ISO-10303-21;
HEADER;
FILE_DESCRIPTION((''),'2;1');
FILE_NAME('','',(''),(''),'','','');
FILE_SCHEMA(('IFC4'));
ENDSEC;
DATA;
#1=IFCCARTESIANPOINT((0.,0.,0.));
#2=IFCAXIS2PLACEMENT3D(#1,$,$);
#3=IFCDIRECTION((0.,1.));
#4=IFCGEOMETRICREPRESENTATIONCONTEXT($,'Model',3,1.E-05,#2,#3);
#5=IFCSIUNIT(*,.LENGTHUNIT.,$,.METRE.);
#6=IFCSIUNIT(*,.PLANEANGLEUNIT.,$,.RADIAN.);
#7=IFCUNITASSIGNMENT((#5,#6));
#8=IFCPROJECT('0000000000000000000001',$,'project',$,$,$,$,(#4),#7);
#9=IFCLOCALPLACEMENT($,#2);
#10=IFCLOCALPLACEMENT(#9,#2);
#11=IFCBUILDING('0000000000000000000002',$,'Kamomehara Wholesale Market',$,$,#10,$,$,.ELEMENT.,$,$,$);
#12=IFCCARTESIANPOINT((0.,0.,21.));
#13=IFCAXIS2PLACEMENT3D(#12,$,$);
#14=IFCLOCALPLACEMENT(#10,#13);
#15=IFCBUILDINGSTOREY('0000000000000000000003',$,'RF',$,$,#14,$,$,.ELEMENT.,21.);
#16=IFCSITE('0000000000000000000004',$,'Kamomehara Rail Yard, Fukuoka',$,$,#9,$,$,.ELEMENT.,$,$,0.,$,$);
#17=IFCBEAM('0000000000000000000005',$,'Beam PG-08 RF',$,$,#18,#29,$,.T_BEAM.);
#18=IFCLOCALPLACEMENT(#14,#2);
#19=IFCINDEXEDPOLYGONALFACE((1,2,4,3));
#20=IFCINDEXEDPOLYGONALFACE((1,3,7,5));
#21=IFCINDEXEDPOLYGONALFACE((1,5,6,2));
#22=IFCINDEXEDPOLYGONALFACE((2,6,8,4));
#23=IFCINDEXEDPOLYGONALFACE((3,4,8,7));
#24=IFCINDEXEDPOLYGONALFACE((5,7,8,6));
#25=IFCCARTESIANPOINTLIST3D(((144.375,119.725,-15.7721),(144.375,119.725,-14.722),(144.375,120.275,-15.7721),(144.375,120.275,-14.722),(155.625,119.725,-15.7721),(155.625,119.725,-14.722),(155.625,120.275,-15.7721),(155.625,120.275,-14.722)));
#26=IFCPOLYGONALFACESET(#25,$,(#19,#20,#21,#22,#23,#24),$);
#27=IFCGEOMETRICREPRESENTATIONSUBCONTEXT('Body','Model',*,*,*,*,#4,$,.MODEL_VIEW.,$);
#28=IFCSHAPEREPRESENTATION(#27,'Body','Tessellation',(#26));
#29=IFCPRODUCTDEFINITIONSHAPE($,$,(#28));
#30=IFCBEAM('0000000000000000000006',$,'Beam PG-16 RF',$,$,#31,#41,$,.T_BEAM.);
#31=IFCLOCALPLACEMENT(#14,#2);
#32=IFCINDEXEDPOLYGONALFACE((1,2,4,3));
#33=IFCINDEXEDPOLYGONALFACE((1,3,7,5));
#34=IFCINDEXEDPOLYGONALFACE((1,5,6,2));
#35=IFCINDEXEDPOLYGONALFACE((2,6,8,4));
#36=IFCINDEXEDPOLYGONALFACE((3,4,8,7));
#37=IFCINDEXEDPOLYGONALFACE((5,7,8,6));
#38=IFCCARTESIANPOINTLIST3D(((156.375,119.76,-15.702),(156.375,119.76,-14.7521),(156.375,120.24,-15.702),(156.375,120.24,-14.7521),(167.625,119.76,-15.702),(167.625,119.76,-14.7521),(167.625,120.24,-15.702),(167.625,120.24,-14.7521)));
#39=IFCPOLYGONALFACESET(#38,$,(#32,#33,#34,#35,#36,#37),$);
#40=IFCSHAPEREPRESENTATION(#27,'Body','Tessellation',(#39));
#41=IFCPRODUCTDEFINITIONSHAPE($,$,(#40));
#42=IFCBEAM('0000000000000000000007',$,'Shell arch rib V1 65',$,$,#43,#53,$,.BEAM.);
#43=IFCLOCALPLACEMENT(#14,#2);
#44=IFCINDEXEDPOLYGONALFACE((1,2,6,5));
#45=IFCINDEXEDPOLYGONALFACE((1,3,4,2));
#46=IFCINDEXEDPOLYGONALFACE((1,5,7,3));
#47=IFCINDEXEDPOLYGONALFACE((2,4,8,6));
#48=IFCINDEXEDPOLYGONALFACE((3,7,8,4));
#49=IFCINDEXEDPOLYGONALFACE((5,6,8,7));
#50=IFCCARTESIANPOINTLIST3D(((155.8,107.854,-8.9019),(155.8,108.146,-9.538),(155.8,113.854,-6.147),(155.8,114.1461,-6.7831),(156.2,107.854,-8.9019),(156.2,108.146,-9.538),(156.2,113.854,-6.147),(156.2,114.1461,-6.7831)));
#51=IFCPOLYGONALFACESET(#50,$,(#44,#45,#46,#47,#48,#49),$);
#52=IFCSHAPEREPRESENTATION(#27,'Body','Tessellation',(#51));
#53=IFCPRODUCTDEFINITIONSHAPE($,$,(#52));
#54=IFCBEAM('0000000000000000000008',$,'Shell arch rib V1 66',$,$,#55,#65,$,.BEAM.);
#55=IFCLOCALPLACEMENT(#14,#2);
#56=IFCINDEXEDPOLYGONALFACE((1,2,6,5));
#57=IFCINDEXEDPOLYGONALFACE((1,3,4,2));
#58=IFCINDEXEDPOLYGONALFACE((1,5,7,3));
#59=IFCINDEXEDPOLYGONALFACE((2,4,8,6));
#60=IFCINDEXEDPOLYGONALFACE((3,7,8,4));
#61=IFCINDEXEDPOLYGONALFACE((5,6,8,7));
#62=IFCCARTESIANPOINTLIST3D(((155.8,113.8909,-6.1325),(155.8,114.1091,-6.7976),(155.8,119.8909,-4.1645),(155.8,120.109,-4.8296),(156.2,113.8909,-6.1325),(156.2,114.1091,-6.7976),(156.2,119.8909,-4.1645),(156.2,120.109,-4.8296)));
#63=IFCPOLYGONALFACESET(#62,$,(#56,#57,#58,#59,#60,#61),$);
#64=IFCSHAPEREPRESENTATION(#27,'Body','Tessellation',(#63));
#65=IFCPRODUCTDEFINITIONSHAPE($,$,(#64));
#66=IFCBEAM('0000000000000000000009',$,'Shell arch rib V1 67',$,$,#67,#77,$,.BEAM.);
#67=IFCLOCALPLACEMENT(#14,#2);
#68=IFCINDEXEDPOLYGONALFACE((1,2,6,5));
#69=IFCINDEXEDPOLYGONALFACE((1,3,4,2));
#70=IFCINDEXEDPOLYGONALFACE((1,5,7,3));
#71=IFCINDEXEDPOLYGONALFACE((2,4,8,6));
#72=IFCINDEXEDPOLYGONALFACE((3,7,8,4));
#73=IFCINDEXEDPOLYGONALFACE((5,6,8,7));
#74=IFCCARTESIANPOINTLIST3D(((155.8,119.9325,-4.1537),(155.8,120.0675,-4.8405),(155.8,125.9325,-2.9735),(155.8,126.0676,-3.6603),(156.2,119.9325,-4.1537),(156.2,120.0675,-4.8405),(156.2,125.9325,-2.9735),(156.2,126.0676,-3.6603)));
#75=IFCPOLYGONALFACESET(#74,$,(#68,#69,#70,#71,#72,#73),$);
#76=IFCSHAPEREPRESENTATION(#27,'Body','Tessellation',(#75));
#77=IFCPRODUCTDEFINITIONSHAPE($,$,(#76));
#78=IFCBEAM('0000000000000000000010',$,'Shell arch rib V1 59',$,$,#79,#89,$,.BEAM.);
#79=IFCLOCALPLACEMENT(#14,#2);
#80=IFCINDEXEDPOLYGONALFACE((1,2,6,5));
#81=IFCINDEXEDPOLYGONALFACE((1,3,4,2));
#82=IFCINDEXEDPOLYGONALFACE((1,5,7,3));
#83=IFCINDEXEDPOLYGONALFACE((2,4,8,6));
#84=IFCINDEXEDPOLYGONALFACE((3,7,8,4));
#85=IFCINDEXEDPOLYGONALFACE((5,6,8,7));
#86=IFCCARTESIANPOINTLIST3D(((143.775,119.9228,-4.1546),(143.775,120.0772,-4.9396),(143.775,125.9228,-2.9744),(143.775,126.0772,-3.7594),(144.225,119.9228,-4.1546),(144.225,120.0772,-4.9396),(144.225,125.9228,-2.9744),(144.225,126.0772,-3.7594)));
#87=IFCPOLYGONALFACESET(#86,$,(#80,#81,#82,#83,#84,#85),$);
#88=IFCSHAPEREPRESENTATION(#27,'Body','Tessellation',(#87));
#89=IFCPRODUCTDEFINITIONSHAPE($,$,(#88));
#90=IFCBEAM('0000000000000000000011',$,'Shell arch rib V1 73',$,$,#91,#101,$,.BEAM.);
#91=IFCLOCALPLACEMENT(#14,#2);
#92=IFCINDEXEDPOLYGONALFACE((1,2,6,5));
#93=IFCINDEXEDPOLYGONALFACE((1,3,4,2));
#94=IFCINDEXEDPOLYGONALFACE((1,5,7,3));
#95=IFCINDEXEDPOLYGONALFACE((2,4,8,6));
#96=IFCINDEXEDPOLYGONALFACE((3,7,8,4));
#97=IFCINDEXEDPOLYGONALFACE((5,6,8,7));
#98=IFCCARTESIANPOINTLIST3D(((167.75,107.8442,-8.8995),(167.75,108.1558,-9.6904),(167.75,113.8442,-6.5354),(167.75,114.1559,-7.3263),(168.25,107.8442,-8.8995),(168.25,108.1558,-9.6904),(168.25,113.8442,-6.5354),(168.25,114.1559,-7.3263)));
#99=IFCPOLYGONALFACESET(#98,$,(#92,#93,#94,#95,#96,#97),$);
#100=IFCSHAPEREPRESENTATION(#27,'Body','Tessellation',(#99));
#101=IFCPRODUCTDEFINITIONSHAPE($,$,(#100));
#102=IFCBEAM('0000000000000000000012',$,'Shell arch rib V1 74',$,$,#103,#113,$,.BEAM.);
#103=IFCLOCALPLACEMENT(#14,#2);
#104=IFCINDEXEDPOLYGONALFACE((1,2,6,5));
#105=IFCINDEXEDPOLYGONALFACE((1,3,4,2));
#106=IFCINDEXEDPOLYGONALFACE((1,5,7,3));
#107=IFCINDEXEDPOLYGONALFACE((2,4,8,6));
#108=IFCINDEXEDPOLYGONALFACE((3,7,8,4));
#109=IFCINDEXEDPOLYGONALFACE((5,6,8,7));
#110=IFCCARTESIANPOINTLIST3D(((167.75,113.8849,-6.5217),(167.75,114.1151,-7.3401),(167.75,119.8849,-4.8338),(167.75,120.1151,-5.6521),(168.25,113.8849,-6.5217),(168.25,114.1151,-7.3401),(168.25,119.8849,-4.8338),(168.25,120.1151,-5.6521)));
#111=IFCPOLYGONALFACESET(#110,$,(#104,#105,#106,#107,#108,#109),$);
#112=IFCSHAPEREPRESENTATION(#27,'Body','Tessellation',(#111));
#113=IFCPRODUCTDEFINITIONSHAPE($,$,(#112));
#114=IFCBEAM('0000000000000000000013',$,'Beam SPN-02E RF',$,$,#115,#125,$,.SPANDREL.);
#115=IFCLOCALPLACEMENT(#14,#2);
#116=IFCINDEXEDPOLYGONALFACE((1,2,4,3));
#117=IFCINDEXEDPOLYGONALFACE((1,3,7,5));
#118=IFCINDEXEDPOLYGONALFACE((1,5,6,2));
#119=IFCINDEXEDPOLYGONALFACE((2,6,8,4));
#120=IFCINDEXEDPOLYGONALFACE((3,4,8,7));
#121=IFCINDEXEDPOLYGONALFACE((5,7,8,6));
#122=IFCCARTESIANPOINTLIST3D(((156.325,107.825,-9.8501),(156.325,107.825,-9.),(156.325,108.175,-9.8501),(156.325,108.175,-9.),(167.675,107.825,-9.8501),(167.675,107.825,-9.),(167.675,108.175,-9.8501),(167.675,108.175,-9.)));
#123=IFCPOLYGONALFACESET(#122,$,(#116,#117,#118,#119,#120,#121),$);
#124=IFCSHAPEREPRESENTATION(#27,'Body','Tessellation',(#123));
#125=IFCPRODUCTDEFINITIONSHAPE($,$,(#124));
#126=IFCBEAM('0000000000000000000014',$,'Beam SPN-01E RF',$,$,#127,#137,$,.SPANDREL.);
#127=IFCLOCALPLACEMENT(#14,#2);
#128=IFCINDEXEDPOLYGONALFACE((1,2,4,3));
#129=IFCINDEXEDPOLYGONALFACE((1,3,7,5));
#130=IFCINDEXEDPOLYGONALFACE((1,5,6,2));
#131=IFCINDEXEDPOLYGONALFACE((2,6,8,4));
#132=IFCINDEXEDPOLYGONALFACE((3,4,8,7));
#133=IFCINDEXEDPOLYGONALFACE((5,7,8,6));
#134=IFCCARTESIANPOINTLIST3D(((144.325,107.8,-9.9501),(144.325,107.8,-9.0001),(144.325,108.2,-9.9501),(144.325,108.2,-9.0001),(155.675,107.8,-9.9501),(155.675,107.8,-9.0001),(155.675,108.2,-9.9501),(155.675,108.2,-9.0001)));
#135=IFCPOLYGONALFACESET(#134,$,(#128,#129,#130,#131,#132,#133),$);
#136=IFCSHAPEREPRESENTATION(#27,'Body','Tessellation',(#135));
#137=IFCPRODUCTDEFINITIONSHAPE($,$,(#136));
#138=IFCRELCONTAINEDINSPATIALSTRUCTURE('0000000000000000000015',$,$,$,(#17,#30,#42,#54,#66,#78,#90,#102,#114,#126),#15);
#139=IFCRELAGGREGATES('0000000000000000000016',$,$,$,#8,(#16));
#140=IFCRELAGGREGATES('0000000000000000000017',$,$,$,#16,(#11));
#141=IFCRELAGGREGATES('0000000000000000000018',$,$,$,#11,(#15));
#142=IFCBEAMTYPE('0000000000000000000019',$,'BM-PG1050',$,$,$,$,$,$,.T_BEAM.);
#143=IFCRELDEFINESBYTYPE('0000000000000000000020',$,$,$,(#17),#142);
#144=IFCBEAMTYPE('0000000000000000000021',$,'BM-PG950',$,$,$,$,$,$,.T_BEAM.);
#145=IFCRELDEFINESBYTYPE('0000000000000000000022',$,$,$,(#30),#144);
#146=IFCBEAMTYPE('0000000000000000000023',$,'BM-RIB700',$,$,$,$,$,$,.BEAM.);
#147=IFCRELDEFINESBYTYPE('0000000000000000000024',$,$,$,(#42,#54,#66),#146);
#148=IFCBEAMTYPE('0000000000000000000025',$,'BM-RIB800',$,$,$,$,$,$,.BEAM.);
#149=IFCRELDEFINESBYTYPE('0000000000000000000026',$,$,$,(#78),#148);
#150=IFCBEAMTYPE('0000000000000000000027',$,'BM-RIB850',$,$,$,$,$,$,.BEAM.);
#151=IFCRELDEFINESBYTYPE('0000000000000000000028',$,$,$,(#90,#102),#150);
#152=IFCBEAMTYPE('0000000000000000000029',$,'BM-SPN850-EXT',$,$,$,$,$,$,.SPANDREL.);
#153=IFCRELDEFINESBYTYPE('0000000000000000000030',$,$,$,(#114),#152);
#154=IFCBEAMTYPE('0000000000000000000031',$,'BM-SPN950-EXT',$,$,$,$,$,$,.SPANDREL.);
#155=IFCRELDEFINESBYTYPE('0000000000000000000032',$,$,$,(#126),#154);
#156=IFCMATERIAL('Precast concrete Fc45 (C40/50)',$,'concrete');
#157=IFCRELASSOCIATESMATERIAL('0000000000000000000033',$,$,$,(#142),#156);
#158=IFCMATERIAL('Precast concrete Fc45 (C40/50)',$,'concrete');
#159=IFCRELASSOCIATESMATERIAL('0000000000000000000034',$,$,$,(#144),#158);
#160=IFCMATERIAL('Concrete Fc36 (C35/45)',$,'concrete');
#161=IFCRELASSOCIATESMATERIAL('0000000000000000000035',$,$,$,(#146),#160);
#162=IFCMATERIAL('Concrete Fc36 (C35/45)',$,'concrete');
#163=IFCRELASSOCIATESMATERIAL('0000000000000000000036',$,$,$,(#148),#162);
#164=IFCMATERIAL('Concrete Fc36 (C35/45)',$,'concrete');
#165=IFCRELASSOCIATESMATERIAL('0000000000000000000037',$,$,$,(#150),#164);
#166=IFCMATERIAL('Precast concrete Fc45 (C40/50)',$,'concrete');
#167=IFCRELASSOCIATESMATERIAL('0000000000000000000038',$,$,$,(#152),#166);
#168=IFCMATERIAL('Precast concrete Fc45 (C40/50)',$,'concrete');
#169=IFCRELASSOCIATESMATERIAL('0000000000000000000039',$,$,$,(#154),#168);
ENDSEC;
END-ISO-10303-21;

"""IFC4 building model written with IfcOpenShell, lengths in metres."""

from ifc_helpers import new_model, si_unit, direction, frame, origin, origin_2d, place, context, subcontext, project, spatial, rectangle, extrude, material, material_profile, profile_set, type_object, element, save


model = new_model("IFC4")

# Units and contexts
model_context = context("Model", 3, precision=1e-05, world=origin(), true_north=direction((0.0, 1.0)))
body_context = subcontext(model_context, "Body", "Model", "MODEL_VIEW")
ifc_project = project(units=[si_unit("LENGTHUNIT", "METRE"), si_unit("PLANEANGLEUNIT", "RADIAN")], contexts=[model_context])

# Site, building, storey
site_placement = place(None, origin())
site = spatial("IfcSite", under=ifc_project, at=site_placement, Name="Kamomehara Rail Yard, Fukuoka", CompositionType="ELEMENT", RefElevation=0.0)
building_placement = place(site_placement, origin())
building = spatial("IfcBuilding", under=site, at=building_placement, Name="Kamomehara Wholesale Market", CompositionType="ELEMENT")
storey_placement = place(building_placement, frame((0.0, 0.0, 21.0)))
storey = spatial("IfcBuildingStorey", under=building, at=storey_placement, Name="RF", CompositionType="ELEMENT", Elevation=21.0)

# Beams
ifc_material_1 = material(Name="Precast concrete Fc45 (C40/50)", Category="concrete")
ifc_material_profile_1 = material_profile(ifc_material_1, rectangle(XDim=0.55, YDim=1.05, at=origin_2d()), Name="PC-GRD-550x1050")
ifc_profile_set_1 = profile_set([ifc_material_profile_1], Name="Precast concrete Fc45 (C40/50)")
beam_type_1 = type_object("IfcBeamType", Name="BM-PG1050", PredefinedType="T_BEAM", material=ifc_profile_set_1)
beam_1_placement = place(storey_placement, frame((144.375, 120.0, -15.2471), z_axis=(1.0, 0.0, 0.0), x_axis=(0.0, 1.0, 0.0)))
element("IfcBeam", 1, at=beam_1_placement, inside=storey, type_object=beam_type_1, Name="Beam PG-08 RF", PredefinedType="T_BEAM", context=body_context, shape_type="SweptSolid", body=[
    extrude(rectangle(XDim=0.55, YDim=1.05, at=origin_2d()), origin(), (0.0, 0.0, 1.0), 11.25),
])
ifc_material_2 = material(Name="Precast concrete Fc45 (C40/50)", Category="concrete")
ifc_material_profile_2 = material_profile(ifc_material_2, rectangle(XDim=0.48, YDim=0.95, at=origin_2d()), Name="PC-GRD-480x950")
ifc_profile_set_2 = profile_set([ifc_material_profile_2], Name="Precast concrete Fc45 (C40/50)")
beam_type_2 = type_object("IfcBeamType", Name="BM-PG950", PredefinedType="T_BEAM", material=ifc_profile_set_2)
beam_2_placement = place(storey_placement, frame((156.375, 120.0, -15.2271), z_axis=(1.0, 0.0, 0.0), x_axis=(0.0, 1.0, 0.0)))
element("IfcBeam", 2, at=beam_2_placement, inside=storey, type_object=beam_type_2, Name="Beam PG-16 RF", PredefinedType="T_BEAM", context=body_context, shape_type="SweptSolid", body=[
    extrude(rectangle(XDim=0.48, YDim=0.95, at=origin_2d()), origin(), (0.0, 0.0, 1.0), 11.25),
])
ifc_material_3 = material(Name="Concrete Fc36 (C35/45)", Category="concrete")
ifc_material_profile_3 = material_profile(ifc_material_3, rectangle(XDim=0.3999, YDim=0.7, at=origin_2d()), Name="RC-RIB-400x700")
ifc_profile_set_3 = profile_set([ifc_material_profile_3], Name="Concrete Fc36 (C35/45)")
beam_type_3 = type_object("IfcBeamType", Name="BM-RIB700", PredefinedType="BEAM", material=ifc_profile_set_3)
beam_3_placement = place(storey_placement, frame((156.0, 108.0, -9.22), z_axis=(0.0, 0.908784, 0.417266), x_axis=(-1.0, 0.0, 0.0)))
element("IfcBeam", 3, at=beam_3_placement, inside=storey, type_object=beam_type_3, Name="Shell arch rib V1 65", PredefinedType="BEAM", context=body_context, shape_type="SweptSolid", body=[
    extrude(rectangle(XDim=0.3999, YDim=0.7, at=origin_2d()), origin(), (0.0, 0.0, 1.0), 6.6023),
])
beam_4_placement = place(storey_placement, frame((156.0, 114.0, -6.4651), z_axis=(0.0, 0.950192, 0.311666), x_axis=(-1.0, 0.0, 0.0)))
element("IfcBeam", 4, at=beam_4_placement, inside=storey, type_object=beam_type_3, Name="Shell arch rib V1 66", PredefinedType="BEAM", context=body_context, shape_type="SweptSolid", body=[
    extrude(rectangle(XDim=0.3999, YDim=0.7, at=origin_2d()), origin(), (0.0, 0.0, 1.0), 6.3145),
])
beam_5_placement = place(storey_placement, frame((156.0, 120.0, -4.4971), z_axis=(0.0, 0.981199, 0.192998), x_axis=(-1.0, 0.0, 0.0)))
element("IfcBeam", 5, at=beam_5_placement, inside=storey, type_object=beam_type_3, Name="Shell arch rib V1 67", PredefinedType="BEAM", context=body_context, shape_type="SweptSolid", body=[
    extrude(rectangle(XDim=0.3999, YDim=0.7, at=origin_2d()), origin(), (0.0, 0.0, 1.0), 6.115),
])
ifc_material_4 = material(Name="Concrete Fc36 (C35/45)", Category="concrete")
ifc_material_profile_4 = material_profile(ifc_material_4, rectangle(XDim=0.45, YDim=0.8, at=origin_2d()), Name="RC-RIB-450x800")
ifc_profile_set_4 = profile_set([ifc_material_profile_4], Name="Concrete Fc36 (C35/45)")
beam_type_4 = type_object("IfcBeamType", Name="BM-RIB800", PredefinedType="BEAM", material=ifc_profile_set_4)
beam_6_placement = place(storey_placement, frame((144.0, 120.0, -4.5471), z_axis=(0.0, 0.981199, 0.192998), x_axis=(-1.0, 0.0, 0.0)))
element("IfcBeam", 6, at=beam_6_placement, inside=storey, type_object=beam_type_4, Name="Shell arch rib V1 59", PredefinedType="BEAM", context=body_context, shape_type="SweptSolid", body=[
    extrude(rectangle(XDim=0.45, YDim=0.8, at=origin_2d()), origin(), (0.0, 0.0, 1.0), 6.115),
])
ifc_material_5 = material(Name="Concrete Fc36 (C35/45)", Category="concrete")
ifc_material_profile_5 = material_profile(ifc_material_5, rectangle(XDim=0.5, YDim=0.8501, at=origin_2d()), Name="RC-RIB-500x850")
ifc_profile_set_5 = profile_set([ifc_material_profile_5], Name="Concrete Fc36 (C35/45)")
beam_type_5 = type_object("IfcBeamType", Name="BM-RIB850", PredefinedType="BEAM", material=ifc_profile_set_5)
beam_7_placement = place(storey_placement, frame((168.0, 108.0, -9.2949), z_axis=(0.0, 0.930388, 0.366575), x_axis=(-1.0, 0.0, 0.0)))
element("IfcBeam", 7, at=beam_7_placement, inside=storey, type_object=beam_type_5, Name="Shell arch rib V1 73", PredefinedType="BEAM", context=body_context, shape_type="SweptSolid", body=[
    extrude(rectangle(XDim=0.5, YDim=0.8501, at=origin_2d()), origin(), (0.0, 0.0, 1.0), 6.449),
])
beam_8_placement = place(storey_placement, frame((168.0, 114.0, -6.9309), z_axis=(0.0, 0.962631, 0.270818), x_axis=(-1.0, 0.0, 0.0)))
element("IfcBeam", 8, at=beam_8_placement, inside=storey, type_object=beam_type_5, Name="Shell arch rib V1 74", PredefinedType="BEAM", context=body_context, shape_type="SweptSolid", body=[
    extrude(rectangle(XDim=0.5, YDim=0.8501, at=origin_2d()), origin(), (0.0, 0.0, 1.0), 6.2329),
])
ifc_material_6 = material(Name="Precast concrete Fc45 (C40/50)", Category="concrete")
ifc_material_profile_6 = material_profile(ifc_material_6, rectangle(XDim=0.3501, YDim=0.8501, at=origin_2d()), Name="PC-SPN-350x850")
ifc_profile_set_6 = profile_set([ifc_material_profile_6], Name="Precast concrete Fc45 (C40/50)")
beam_type_6 = type_object("IfcBeamType", Name="BM-SPN850-EXT", PredefinedType="SPANDREL", material=ifc_profile_set_6)
beam_9_placement = place(storey_placement, frame((156.325, 108.0, -9.425), z_axis=(1.0, 0.0, 0.0), x_axis=(0.0, 1.0, 0.0)))
element("IfcBeam", 9, at=beam_9_placement, inside=storey, type_object=beam_type_6, Name="Beam SPN-02E RF", PredefinedType="SPANDREL", context=body_context, shape_type="SweptSolid", body=[
    extrude(rectangle(XDim=0.3501, YDim=0.8501, at=origin_2d()), origin(), (0.0, 0.0, 1.0), 11.3501),
])
ifc_material_7 = material(Name="Precast concrete Fc45 (C40/50)", Category="concrete")
ifc_material_profile_7 = material_profile(ifc_material_7, rectangle(XDim=0.3999, YDim=0.95, at=origin_2d()), Name="PC-SPN-400x950")
ifc_profile_set_7 = profile_set([ifc_material_profile_7], Name="Precast concrete Fc45 (C40/50)")
beam_type_7 = type_object("IfcBeamType", Name="BM-SPN950-EXT", PredefinedType="SPANDREL", material=ifc_profile_set_7)
beam_10_placement = place(storey_placement, frame((144.325, 108.0, -9.4751), z_axis=(1.0, 0.0, 0.0), x_axis=(0.0, 1.0, 0.0)))
element("IfcBeam", 10, at=beam_10_placement, inside=storey, type_object=beam_type_7, Name="Beam SPN-01E RF", PredefinedType="SPANDREL", context=body_context, shape_type="SweptSolid", body=[
    extrude(rectangle(XDim=0.3999, YDim=0.95, at=origin_2d()), origin(), (0.0, 0.0, 1.0), 11.3501),
])

save(model, "model.ifc")
